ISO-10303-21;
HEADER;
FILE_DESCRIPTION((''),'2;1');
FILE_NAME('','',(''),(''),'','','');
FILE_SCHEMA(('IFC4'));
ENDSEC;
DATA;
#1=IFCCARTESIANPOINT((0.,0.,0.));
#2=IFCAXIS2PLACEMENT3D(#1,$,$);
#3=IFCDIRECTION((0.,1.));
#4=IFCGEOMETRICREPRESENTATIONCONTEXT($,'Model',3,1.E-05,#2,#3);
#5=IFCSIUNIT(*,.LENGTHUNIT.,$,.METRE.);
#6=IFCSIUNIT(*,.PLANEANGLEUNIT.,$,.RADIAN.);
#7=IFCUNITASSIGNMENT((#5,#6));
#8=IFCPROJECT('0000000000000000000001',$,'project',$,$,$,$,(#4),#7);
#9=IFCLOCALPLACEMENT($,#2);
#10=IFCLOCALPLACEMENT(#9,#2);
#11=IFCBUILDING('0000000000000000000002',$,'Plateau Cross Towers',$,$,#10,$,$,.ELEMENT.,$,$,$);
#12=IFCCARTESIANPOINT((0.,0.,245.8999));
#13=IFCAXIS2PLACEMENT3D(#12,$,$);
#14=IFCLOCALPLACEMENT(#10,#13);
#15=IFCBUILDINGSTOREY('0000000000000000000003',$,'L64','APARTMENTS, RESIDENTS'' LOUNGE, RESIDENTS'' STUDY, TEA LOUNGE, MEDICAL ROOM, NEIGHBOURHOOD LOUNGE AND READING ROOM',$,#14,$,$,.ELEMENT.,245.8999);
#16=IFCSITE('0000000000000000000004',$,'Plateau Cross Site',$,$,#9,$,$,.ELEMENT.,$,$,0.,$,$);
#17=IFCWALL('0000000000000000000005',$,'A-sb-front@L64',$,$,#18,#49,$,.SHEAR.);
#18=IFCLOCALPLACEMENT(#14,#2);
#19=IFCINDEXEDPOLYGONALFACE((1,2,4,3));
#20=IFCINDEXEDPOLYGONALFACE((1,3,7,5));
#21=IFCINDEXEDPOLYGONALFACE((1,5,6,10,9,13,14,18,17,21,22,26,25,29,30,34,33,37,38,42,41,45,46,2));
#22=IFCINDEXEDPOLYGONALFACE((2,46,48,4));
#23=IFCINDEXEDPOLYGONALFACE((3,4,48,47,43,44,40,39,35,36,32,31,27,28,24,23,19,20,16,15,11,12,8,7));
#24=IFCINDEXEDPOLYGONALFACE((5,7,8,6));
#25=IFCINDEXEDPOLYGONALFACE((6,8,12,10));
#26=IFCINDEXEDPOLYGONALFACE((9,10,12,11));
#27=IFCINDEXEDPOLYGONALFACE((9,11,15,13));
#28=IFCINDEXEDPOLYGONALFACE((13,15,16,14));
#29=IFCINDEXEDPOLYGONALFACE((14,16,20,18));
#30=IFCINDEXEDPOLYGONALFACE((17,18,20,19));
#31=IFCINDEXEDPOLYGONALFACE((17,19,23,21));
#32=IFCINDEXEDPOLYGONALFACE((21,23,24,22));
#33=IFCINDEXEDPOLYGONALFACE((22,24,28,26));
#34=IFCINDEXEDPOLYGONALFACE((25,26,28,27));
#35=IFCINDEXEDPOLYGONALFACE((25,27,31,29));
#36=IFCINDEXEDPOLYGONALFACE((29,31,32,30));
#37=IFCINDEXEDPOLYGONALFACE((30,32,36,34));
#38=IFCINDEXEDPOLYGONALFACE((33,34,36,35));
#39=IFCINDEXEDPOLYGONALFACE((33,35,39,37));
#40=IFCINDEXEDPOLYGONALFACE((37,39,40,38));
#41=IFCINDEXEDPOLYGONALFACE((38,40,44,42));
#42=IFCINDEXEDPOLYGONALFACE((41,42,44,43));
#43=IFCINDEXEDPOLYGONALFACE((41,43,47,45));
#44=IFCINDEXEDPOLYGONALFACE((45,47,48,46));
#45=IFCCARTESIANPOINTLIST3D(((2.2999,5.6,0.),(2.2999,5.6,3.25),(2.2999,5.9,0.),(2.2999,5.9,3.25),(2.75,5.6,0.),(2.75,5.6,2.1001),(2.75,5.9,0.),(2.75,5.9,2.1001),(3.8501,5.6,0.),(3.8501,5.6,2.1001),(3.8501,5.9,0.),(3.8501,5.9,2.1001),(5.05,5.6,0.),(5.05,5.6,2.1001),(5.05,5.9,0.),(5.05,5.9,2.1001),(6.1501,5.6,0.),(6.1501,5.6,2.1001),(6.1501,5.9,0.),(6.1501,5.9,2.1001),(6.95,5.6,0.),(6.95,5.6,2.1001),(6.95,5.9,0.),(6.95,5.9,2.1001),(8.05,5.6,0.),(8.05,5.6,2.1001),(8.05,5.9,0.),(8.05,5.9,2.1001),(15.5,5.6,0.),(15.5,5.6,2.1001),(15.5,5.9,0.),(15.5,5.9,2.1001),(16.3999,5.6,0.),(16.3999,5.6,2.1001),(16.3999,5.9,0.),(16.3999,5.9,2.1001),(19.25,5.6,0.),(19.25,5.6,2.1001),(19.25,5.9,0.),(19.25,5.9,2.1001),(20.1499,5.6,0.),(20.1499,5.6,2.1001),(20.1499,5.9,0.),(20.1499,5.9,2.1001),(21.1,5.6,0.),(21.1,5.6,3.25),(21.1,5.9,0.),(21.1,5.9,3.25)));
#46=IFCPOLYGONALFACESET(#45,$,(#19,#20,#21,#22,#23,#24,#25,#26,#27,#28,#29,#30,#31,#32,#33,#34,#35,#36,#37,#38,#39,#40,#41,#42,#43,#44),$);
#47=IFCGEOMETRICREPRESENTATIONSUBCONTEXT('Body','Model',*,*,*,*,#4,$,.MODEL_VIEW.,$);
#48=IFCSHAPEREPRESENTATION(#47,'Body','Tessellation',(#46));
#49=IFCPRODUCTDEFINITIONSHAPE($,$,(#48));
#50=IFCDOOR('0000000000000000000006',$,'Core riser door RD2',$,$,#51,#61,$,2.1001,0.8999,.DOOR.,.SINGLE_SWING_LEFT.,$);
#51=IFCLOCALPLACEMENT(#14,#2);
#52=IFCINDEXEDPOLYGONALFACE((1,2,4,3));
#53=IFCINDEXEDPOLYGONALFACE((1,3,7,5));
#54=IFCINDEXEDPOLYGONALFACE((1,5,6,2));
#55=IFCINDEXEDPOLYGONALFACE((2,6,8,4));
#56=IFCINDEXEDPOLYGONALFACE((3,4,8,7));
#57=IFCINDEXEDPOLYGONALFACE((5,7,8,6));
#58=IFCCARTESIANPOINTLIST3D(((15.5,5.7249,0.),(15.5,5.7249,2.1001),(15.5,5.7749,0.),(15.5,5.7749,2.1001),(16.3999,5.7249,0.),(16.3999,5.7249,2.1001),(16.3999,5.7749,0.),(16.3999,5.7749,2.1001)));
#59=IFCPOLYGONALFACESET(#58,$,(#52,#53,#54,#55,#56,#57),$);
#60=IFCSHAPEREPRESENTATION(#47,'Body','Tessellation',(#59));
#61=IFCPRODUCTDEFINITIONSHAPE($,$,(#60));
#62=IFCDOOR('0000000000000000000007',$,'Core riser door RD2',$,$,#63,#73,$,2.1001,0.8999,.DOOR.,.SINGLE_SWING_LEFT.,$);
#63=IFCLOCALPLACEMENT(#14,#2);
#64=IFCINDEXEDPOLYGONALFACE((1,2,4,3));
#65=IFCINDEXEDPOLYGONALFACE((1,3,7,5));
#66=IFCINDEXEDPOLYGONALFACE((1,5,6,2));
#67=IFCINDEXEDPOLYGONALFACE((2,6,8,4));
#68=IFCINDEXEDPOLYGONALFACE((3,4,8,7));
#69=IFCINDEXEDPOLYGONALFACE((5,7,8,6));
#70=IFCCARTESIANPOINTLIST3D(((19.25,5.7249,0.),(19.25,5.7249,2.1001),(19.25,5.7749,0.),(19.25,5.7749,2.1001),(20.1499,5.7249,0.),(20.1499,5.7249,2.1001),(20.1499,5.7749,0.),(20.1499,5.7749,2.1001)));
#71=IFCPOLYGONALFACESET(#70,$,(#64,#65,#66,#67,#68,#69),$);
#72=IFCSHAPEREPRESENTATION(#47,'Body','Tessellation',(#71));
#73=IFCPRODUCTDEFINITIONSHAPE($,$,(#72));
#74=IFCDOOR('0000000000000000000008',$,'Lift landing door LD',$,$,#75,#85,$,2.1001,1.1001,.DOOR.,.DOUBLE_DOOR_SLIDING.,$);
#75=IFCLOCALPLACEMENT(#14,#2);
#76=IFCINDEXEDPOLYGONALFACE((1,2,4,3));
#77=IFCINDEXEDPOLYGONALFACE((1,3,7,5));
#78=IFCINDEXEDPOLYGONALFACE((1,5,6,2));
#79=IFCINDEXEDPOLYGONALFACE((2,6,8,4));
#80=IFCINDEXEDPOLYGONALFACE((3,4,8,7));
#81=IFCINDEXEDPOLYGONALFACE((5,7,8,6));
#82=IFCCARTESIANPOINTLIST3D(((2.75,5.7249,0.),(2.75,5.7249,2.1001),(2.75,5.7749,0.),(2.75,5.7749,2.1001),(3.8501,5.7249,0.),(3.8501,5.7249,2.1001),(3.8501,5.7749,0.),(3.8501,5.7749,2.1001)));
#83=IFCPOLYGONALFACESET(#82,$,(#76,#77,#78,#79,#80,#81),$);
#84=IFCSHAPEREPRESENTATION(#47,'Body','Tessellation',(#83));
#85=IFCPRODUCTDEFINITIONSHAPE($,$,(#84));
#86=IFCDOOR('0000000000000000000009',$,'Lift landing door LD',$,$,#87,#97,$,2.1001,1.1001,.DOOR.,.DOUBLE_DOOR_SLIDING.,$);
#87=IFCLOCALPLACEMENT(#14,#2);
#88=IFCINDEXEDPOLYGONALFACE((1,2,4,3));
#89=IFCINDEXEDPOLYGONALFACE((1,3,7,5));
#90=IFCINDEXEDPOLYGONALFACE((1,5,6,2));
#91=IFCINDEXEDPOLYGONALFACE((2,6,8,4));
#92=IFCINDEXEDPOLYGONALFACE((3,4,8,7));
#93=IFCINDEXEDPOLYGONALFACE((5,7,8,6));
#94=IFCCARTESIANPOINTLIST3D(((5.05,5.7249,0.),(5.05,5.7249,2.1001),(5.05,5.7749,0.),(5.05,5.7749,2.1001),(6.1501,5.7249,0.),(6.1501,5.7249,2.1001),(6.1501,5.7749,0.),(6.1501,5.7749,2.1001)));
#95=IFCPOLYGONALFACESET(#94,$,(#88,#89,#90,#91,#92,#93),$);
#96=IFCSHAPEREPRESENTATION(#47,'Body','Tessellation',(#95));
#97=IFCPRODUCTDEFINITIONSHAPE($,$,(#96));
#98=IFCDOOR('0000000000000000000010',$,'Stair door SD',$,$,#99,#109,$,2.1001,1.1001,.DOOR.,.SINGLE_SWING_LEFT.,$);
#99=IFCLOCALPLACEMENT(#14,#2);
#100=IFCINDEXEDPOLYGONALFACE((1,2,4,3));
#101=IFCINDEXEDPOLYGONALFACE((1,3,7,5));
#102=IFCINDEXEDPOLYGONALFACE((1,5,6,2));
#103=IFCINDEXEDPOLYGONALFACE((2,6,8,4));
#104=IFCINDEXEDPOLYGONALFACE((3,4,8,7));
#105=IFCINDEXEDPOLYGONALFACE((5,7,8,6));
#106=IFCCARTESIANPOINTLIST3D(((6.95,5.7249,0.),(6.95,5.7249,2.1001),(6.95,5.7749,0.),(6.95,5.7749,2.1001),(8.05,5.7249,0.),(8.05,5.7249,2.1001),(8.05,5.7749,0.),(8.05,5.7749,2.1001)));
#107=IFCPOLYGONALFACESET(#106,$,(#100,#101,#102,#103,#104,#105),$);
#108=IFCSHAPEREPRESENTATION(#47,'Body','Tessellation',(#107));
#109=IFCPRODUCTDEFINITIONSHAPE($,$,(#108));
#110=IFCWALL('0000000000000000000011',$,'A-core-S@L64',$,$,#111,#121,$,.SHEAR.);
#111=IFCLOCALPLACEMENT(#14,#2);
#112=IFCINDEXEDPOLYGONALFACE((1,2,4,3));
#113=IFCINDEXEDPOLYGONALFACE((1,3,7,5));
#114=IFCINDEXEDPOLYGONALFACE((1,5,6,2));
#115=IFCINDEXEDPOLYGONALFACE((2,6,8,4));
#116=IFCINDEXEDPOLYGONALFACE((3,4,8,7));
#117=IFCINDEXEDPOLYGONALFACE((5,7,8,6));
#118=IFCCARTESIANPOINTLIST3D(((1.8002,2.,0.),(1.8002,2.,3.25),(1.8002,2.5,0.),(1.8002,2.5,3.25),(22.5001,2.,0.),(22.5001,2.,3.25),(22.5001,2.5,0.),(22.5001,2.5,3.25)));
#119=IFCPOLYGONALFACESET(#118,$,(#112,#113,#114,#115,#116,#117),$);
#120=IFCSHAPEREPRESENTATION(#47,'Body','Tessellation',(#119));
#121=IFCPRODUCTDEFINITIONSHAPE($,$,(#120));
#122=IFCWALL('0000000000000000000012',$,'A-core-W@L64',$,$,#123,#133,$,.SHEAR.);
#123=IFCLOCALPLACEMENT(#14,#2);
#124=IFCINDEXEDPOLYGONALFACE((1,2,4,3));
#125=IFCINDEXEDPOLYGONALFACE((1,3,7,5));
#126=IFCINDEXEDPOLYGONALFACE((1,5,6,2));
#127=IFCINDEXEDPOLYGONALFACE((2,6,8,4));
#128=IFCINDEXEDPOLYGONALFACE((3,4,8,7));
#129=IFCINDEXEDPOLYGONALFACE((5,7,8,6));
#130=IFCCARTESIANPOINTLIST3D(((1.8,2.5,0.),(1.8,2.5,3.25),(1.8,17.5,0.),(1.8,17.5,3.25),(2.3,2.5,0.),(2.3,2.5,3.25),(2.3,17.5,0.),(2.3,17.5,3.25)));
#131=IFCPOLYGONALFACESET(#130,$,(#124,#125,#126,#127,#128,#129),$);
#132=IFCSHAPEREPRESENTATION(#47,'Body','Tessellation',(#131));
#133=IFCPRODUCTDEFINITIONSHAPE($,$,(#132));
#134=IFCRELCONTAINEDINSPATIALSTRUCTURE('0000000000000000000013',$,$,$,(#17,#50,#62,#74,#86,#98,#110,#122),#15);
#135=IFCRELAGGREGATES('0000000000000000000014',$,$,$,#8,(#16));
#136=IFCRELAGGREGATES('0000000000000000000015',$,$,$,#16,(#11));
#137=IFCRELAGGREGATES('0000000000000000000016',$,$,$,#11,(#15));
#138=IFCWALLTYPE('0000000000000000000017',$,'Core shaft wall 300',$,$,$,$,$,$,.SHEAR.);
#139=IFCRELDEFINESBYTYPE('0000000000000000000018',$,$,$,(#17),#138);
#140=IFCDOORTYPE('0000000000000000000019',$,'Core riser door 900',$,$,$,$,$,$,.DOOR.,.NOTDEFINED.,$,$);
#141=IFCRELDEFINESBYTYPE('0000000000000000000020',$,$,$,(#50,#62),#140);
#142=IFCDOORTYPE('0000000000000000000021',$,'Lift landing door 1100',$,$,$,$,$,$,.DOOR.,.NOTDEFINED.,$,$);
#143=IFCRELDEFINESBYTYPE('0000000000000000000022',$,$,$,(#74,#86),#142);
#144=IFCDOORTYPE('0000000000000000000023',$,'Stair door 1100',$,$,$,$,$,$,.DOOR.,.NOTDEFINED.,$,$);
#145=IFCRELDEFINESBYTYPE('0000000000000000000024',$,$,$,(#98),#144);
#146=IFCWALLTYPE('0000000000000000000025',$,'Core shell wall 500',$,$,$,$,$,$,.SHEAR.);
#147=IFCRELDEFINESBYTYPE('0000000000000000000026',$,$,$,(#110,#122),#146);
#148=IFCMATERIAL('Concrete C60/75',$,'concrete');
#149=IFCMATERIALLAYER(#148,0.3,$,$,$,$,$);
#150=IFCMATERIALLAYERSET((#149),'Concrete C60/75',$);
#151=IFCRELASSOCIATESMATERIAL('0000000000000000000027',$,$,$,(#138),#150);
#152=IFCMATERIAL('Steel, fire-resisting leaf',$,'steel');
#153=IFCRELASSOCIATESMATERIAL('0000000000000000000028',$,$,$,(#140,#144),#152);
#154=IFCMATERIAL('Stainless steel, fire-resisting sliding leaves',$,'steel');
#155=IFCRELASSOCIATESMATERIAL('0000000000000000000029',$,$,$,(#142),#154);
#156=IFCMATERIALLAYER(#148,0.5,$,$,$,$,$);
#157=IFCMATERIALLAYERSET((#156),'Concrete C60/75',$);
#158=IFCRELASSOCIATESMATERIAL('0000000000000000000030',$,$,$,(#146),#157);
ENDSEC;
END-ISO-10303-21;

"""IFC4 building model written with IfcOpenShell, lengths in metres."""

from ifc_helpers import new_model, si_unit, direction, frame, frame_2d, origin, place, context, subcontext, project, spatial, rectangle, extrude, material, layer, layer_set, type_object, element, fill, save


model = new_model("IFC4")

# Units and contexts
model_context = context("Model", 3, precision=1e-05, world=origin(), true_north=direction((0.0, 1.0)))
body_context = subcontext(model_context, "Body", "Model", "MODEL_VIEW")
ifc_project = project(units=[si_unit("LENGTHUNIT", "METRE"), si_unit("PLANEANGLEUNIT", "RADIAN")], contexts=[model_context])

# Site, building, storey
site_placement = place(None, origin())
site = spatial("IfcSite", under=ifc_project, at=site_placement, Name="Plateau Cross Site", CompositionType="ELEMENT", RefElevation=0.0)
building_placement = place(site_placement, origin())
building = spatial("IfcBuilding", under=site, at=building_placement, Name="Plateau Cross Towers", CompositionType="ELEMENT")
storey_placement = place(building_placement, frame((0.0, 0.0, 245.8999)))
storey = spatial("IfcBuildingStorey", under=building, at=storey_placement, Name="L64", Description="APARTMENTS, RESIDENTS' LOUNGE, RESIDENTS' STUDY, TEA LOUNGE, MEDICAL ROOM, NEIGHBOURHOOD LOUNGE AND READING ROOM", CompositionType="ELEMENT", Elevation=245.8999)

# Shared definitions
ifc_material_1 = material(Name="Concrete C60/75", Category="concrete")

# Shared definitions
ifc_layer_1 = layer(ifc_material_1, 0.3)
ifc_layer_set_1 = layer_set([ifc_layer_1], Name="Concrete C60/75")
wall_type_1 = type_object("IfcWallType", Name="Core shaft wall 300", PredefinedType="SHEAR", material=ifc_layer_set_1)

# Wall, openings, doors
wall_1_placement = place(storey_placement, frame((2.3, 5.75, 0.0), z_axis=(0.0, 0.0, 1.0), x_axis=(1.0, 0.0, 0.0)))
wall_1 = element("IfcWall", 1, at=wall_1_placement, inside=storey, type_object=wall_type_1, Name="A-sb-front@L64", PredefinedType="SHEAR", context=body_context, shape_type="SweptSolid", body=[
    extrude(rectangle(XDim=18.8, YDim=0.3, at=frame_2d((9.3999, 0.0))), origin(), (0.0, 0.0, 1.0), 3.25),
])
opening_1_placement = place(wall_1_placement, frame((4.6499, 0.0, 0.0)))
opening_1 = element("IfcOpeningElement", 2, at=opening_1_placement, cuts=wall_1, PredefinedType="OPENING", context=body_context, shape_type="SweptSolid", body=[
    extrude(rectangle(XDim=1.1001, YDim=2.1001, at=frame_2d((0.55, 1.05))), frame((0.0, 0.1599, 0.0), z_axis=(0.0, -1.0, 0.0), x_axis=(1.0, 0.0, 0.0)), (0.0, 0.0, 1.0), 0.3201),
])
opening_2_placement = place(wall_1_placement, frame((0.45, 0.0, 0.0)))
opening_2 = element("IfcOpeningElement", 3, at=opening_2_placement, cuts=wall_1, PredefinedType="OPENING", context=body_context, shape_type="SweptSolid", body=[
    extrude(rectangle(XDim=1.1001, YDim=2.1001, at=frame_2d((0.55, 1.05))), frame((0.0, 0.1599, 0.0), z_axis=(0.0, -1.0, 0.0), x_axis=(1.0, 0.0, 0.0)), (0.0, 0.0, 1.0), 0.3201),
])
opening_3_placement = place(wall_1_placement, frame((2.75, 0.0, 0.0)))
opening_3 = element("IfcOpeningElement", 4, at=opening_3_placement, cuts=wall_1, PredefinedType="OPENING", context=body_context, shape_type="SweptSolid", body=[
    extrude(rectangle(XDim=1.1001, YDim=2.1001, at=frame_2d((0.55, 1.05))), frame((0.0, 0.1599, 0.0), z_axis=(0.0, -1.0, 0.0), x_axis=(1.0, 0.0, 0.0)), (0.0, 0.0, 1.0), 0.3201),
])
opening_4_placement = place(wall_1_placement, frame((13.2, 0.0, 0.0)))
opening_4 = element("IfcOpeningElement", 5, at=opening_4_placement, cuts=wall_1, PredefinedType="OPENING", context=body_context, shape_type="SweptSolid", body=[
    extrude(rectangle(XDim=0.8999, YDim=2.1001, at=frame_2d((0.45, 1.05))), frame((0.0, 0.1599, 0.0), z_axis=(0.0, -1.0, 0.0), x_axis=(1.0, 0.0, 0.0)), (0.0, 0.0, 1.0), 0.3201),
])
opening_5_placement = place(wall_1_placement, frame((16.95, 0.0, 0.0)))
opening_5 = element("IfcOpeningElement", 6, at=opening_5_placement, cuts=wall_1, PredefinedType="OPENING", context=body_context, shape_type="SweptSolid", body=[
    extrude(rectangle(XDim=0.8999, YDim=2.1001, at=frame_2d((0.45, 1.05))), frame((0.0, 0.1599, 0.0), z_axis=(0.0, -1.0, 0.0), x_axis=(1.0, 0.0, 0.0)), (0.0, 0.0, 1.0), 0.3201),
])
ifc_material_2 = material(Name="Steel, fire-resisting leaf", Category="steel")
door_type_1 = type_object("IfcDoorType", Name="Core riser door 900", OperationType="NOTDEFINED", PredefinedType="DOOR", material=ifc_material_2)
door_1_placement = place(opening_4_placement, origin())
door_1 = element("IfcDoor", 7, at=door_1_placement, inside=storey, type_object=door_type_1, Name="Core riser door RD2", OperationType="SINGLE_SWING_LEFT", OverallHeight=2.1001, OverallWidth=0.8999, PredefinedType="DOOR", context=body_context, shape_type="SweptSolid", body=[
    extrude(rectangle(XDim=0.8999, YDim=2.1001, at=frame_2d((0.45, 1.05))), frame((0.0, 0.0249, 0.0), z_axis=(0.0, -1.0, 0.0), x_axis=(1.0, 0.0, 0.0)), (0.0, 0.0, 1.0), 0.05),
])
fill(opening_4, door_1)
door_2_placement = place(opening_5_placement, origin())
door_2 = element("IfcDoor", 8, at=door_2_placement, inside=storey, type_object=door_type_1, Name="Core riser door RD2", OperationType="SINGLE_SWING_LEFT", OverallHeight=2.1001, OverallWidth=0.8999, PredefinedType="DOOR", context=body_context, shape_type="SweptSolid", body=[
    extrude(rectangle(XDim=0.8999, YDim=2.1001, at=frame_2d((0.45, 1.05))), frame((0.0, 0.0249, 0.0), z_axis=(0.0, -1.0, 0.0), x_axis=(1.0, 0.0, 0.0)), (0.0, 0.0, 1.0), 0.05),
])
fill(opening_5, door_2)
ifc_material_3 = material(Name="Stainless steel, fire-resisting sliding leaves", Category="steel")
door_type_2 = type_object("IfcDoorType", Name="Lift landing door 1100", OperationType="NOTDEFINED", PredefinedType="DOOR", material=ifc_material_3)
door_3_placement = place(opening_2_placement, origin())
door_3 = element("IfcDoor", 9, at=door_3_placement, inside=storey, type_object=door_type_2, Name="Lift landing door LD", OperationType="DOUBLE_DOOR_SLIDING", OverallHeight=2.1001, OverallWidth=1.1001, PredefinedType="DOOR", context=body_context, shape_type="SweptSolid", body=[
    extrude(rectangle(XDim=1.1001, YDim=2.1001, at=frame_2d((0.55, 1.05))), frame((0.0, 0.0249, 0.0), z_axis=(0.0, -1.0, 0.0), x_axis=(1.0, 0.0, 0.0)), (0.0, 0.0, 1.0), 0.05),
])
fill(opening_2, door_3)
door_4_placement = place(opening_3_placement, origin())
door_4 = element("IfcDoor", 10, at=door_4_placement, inside=storey, type_object=door_type_2, Name="Lift landing door LD", OperationType="DOUBLE_DOOR_SLIDING", OverallHeight=2.1001, OverallWidth=1.1001, PredefinedType="DOOR", context=body_context, shape_type="SweptSolid", body=[
    extrude(rectangle(XDim=1.1001, YDim=2.1001, at=frame_2d((0.55, 1.05))), frame((0.0, 0.0249, 0.0), z_axis=(0.0, -1.0, 0.0), x_axis=(1.0, 0.0, 0.0)), (0.0, 0.0, 1.0), 0.05),
])
fill(opening_3, door_4)
door_type_3 = type_object("IfcDoorType", Name="Stair door 1100", OperationType="NOTDEFINED", PredefinedType="DOOR", material=ifc_material_2)
door_5_placement = place(opening_1_placement, origin())
door_5 = element("IfcDoor", 11, at=door_5_placement, inside=storey, type_object=door_type_3, Name="Stair door SD", OperationType="SINGLE_SWING_LEFT", OverallHeight=2.1001, OverallWidth=1.1001, PredefinedType="DOOR", context=body_context, shape_type="SweptSolid", body=[
    extrude(rectangle(XDim=1.1001, YDim=2.1001, at=frame_2d((0.55, 1.05))), frame((0.0, 0.0249, 0.0), z_axis=(0.0, -1.0, 0.0), x_axis=(1.0, 0.0, 0.0)), (0.0, 0.0, 1.0), 0.05),
])
fill(opening_1, door_5)

# Walls
ifc_layer_2 = layer(ifc_material_1, 0.5)
ifc_layer_set_2 = layer_set([ifc_layer_2], Name="Concrete C60/75")
wall_type_2 = type_object("IfcWallType", Name="Core shell wall 500", PredefinedType="SHEAR", material=ifc_layer_set_2)
wall_2_placement = place(storey_placement, frame((1.8, 2.25, 0.0), z_axis=(0.0, 0.0, 1.0), x_axis=(1.0, 0.0, 0.0)))
element("IfcWall", 12, at=wall_2_placement, inside=storey, type_object=wall_type_2, Name="A-core-S@L64", PredefinedType="SHEAR", context=body_context, shape_type="SweptSolid", body=[
    extrude(rectangle(XDim=20.7, YDim=0.5, at=frame_2d((10.3501, 0.0))), origin(), (0.0, 0.0, 1.0), 3.25),
])
wall_3_placement = place(storey_placement, frame((2.05, 2.5, 0.0), z_axis=(0.0, 0.0, 1.0), x_axis=(0.0, 1.0, 0.0)))
element("IfcWall", 13, at=wall_3_placement, inside=storey, type_object=wall_type_2, Name="A-core-W@L64", PredefinedType="SHEAR", context=body_context, shape_type="SweptSolid", body=[
    extrude(rectangle(XDim=15.0, YDim=0.5, at=frame_2d((7.5, 0.0))), origin(), (0.0, 0.0, 1.0), 3.25),
])

save(model, "model.ifc")
